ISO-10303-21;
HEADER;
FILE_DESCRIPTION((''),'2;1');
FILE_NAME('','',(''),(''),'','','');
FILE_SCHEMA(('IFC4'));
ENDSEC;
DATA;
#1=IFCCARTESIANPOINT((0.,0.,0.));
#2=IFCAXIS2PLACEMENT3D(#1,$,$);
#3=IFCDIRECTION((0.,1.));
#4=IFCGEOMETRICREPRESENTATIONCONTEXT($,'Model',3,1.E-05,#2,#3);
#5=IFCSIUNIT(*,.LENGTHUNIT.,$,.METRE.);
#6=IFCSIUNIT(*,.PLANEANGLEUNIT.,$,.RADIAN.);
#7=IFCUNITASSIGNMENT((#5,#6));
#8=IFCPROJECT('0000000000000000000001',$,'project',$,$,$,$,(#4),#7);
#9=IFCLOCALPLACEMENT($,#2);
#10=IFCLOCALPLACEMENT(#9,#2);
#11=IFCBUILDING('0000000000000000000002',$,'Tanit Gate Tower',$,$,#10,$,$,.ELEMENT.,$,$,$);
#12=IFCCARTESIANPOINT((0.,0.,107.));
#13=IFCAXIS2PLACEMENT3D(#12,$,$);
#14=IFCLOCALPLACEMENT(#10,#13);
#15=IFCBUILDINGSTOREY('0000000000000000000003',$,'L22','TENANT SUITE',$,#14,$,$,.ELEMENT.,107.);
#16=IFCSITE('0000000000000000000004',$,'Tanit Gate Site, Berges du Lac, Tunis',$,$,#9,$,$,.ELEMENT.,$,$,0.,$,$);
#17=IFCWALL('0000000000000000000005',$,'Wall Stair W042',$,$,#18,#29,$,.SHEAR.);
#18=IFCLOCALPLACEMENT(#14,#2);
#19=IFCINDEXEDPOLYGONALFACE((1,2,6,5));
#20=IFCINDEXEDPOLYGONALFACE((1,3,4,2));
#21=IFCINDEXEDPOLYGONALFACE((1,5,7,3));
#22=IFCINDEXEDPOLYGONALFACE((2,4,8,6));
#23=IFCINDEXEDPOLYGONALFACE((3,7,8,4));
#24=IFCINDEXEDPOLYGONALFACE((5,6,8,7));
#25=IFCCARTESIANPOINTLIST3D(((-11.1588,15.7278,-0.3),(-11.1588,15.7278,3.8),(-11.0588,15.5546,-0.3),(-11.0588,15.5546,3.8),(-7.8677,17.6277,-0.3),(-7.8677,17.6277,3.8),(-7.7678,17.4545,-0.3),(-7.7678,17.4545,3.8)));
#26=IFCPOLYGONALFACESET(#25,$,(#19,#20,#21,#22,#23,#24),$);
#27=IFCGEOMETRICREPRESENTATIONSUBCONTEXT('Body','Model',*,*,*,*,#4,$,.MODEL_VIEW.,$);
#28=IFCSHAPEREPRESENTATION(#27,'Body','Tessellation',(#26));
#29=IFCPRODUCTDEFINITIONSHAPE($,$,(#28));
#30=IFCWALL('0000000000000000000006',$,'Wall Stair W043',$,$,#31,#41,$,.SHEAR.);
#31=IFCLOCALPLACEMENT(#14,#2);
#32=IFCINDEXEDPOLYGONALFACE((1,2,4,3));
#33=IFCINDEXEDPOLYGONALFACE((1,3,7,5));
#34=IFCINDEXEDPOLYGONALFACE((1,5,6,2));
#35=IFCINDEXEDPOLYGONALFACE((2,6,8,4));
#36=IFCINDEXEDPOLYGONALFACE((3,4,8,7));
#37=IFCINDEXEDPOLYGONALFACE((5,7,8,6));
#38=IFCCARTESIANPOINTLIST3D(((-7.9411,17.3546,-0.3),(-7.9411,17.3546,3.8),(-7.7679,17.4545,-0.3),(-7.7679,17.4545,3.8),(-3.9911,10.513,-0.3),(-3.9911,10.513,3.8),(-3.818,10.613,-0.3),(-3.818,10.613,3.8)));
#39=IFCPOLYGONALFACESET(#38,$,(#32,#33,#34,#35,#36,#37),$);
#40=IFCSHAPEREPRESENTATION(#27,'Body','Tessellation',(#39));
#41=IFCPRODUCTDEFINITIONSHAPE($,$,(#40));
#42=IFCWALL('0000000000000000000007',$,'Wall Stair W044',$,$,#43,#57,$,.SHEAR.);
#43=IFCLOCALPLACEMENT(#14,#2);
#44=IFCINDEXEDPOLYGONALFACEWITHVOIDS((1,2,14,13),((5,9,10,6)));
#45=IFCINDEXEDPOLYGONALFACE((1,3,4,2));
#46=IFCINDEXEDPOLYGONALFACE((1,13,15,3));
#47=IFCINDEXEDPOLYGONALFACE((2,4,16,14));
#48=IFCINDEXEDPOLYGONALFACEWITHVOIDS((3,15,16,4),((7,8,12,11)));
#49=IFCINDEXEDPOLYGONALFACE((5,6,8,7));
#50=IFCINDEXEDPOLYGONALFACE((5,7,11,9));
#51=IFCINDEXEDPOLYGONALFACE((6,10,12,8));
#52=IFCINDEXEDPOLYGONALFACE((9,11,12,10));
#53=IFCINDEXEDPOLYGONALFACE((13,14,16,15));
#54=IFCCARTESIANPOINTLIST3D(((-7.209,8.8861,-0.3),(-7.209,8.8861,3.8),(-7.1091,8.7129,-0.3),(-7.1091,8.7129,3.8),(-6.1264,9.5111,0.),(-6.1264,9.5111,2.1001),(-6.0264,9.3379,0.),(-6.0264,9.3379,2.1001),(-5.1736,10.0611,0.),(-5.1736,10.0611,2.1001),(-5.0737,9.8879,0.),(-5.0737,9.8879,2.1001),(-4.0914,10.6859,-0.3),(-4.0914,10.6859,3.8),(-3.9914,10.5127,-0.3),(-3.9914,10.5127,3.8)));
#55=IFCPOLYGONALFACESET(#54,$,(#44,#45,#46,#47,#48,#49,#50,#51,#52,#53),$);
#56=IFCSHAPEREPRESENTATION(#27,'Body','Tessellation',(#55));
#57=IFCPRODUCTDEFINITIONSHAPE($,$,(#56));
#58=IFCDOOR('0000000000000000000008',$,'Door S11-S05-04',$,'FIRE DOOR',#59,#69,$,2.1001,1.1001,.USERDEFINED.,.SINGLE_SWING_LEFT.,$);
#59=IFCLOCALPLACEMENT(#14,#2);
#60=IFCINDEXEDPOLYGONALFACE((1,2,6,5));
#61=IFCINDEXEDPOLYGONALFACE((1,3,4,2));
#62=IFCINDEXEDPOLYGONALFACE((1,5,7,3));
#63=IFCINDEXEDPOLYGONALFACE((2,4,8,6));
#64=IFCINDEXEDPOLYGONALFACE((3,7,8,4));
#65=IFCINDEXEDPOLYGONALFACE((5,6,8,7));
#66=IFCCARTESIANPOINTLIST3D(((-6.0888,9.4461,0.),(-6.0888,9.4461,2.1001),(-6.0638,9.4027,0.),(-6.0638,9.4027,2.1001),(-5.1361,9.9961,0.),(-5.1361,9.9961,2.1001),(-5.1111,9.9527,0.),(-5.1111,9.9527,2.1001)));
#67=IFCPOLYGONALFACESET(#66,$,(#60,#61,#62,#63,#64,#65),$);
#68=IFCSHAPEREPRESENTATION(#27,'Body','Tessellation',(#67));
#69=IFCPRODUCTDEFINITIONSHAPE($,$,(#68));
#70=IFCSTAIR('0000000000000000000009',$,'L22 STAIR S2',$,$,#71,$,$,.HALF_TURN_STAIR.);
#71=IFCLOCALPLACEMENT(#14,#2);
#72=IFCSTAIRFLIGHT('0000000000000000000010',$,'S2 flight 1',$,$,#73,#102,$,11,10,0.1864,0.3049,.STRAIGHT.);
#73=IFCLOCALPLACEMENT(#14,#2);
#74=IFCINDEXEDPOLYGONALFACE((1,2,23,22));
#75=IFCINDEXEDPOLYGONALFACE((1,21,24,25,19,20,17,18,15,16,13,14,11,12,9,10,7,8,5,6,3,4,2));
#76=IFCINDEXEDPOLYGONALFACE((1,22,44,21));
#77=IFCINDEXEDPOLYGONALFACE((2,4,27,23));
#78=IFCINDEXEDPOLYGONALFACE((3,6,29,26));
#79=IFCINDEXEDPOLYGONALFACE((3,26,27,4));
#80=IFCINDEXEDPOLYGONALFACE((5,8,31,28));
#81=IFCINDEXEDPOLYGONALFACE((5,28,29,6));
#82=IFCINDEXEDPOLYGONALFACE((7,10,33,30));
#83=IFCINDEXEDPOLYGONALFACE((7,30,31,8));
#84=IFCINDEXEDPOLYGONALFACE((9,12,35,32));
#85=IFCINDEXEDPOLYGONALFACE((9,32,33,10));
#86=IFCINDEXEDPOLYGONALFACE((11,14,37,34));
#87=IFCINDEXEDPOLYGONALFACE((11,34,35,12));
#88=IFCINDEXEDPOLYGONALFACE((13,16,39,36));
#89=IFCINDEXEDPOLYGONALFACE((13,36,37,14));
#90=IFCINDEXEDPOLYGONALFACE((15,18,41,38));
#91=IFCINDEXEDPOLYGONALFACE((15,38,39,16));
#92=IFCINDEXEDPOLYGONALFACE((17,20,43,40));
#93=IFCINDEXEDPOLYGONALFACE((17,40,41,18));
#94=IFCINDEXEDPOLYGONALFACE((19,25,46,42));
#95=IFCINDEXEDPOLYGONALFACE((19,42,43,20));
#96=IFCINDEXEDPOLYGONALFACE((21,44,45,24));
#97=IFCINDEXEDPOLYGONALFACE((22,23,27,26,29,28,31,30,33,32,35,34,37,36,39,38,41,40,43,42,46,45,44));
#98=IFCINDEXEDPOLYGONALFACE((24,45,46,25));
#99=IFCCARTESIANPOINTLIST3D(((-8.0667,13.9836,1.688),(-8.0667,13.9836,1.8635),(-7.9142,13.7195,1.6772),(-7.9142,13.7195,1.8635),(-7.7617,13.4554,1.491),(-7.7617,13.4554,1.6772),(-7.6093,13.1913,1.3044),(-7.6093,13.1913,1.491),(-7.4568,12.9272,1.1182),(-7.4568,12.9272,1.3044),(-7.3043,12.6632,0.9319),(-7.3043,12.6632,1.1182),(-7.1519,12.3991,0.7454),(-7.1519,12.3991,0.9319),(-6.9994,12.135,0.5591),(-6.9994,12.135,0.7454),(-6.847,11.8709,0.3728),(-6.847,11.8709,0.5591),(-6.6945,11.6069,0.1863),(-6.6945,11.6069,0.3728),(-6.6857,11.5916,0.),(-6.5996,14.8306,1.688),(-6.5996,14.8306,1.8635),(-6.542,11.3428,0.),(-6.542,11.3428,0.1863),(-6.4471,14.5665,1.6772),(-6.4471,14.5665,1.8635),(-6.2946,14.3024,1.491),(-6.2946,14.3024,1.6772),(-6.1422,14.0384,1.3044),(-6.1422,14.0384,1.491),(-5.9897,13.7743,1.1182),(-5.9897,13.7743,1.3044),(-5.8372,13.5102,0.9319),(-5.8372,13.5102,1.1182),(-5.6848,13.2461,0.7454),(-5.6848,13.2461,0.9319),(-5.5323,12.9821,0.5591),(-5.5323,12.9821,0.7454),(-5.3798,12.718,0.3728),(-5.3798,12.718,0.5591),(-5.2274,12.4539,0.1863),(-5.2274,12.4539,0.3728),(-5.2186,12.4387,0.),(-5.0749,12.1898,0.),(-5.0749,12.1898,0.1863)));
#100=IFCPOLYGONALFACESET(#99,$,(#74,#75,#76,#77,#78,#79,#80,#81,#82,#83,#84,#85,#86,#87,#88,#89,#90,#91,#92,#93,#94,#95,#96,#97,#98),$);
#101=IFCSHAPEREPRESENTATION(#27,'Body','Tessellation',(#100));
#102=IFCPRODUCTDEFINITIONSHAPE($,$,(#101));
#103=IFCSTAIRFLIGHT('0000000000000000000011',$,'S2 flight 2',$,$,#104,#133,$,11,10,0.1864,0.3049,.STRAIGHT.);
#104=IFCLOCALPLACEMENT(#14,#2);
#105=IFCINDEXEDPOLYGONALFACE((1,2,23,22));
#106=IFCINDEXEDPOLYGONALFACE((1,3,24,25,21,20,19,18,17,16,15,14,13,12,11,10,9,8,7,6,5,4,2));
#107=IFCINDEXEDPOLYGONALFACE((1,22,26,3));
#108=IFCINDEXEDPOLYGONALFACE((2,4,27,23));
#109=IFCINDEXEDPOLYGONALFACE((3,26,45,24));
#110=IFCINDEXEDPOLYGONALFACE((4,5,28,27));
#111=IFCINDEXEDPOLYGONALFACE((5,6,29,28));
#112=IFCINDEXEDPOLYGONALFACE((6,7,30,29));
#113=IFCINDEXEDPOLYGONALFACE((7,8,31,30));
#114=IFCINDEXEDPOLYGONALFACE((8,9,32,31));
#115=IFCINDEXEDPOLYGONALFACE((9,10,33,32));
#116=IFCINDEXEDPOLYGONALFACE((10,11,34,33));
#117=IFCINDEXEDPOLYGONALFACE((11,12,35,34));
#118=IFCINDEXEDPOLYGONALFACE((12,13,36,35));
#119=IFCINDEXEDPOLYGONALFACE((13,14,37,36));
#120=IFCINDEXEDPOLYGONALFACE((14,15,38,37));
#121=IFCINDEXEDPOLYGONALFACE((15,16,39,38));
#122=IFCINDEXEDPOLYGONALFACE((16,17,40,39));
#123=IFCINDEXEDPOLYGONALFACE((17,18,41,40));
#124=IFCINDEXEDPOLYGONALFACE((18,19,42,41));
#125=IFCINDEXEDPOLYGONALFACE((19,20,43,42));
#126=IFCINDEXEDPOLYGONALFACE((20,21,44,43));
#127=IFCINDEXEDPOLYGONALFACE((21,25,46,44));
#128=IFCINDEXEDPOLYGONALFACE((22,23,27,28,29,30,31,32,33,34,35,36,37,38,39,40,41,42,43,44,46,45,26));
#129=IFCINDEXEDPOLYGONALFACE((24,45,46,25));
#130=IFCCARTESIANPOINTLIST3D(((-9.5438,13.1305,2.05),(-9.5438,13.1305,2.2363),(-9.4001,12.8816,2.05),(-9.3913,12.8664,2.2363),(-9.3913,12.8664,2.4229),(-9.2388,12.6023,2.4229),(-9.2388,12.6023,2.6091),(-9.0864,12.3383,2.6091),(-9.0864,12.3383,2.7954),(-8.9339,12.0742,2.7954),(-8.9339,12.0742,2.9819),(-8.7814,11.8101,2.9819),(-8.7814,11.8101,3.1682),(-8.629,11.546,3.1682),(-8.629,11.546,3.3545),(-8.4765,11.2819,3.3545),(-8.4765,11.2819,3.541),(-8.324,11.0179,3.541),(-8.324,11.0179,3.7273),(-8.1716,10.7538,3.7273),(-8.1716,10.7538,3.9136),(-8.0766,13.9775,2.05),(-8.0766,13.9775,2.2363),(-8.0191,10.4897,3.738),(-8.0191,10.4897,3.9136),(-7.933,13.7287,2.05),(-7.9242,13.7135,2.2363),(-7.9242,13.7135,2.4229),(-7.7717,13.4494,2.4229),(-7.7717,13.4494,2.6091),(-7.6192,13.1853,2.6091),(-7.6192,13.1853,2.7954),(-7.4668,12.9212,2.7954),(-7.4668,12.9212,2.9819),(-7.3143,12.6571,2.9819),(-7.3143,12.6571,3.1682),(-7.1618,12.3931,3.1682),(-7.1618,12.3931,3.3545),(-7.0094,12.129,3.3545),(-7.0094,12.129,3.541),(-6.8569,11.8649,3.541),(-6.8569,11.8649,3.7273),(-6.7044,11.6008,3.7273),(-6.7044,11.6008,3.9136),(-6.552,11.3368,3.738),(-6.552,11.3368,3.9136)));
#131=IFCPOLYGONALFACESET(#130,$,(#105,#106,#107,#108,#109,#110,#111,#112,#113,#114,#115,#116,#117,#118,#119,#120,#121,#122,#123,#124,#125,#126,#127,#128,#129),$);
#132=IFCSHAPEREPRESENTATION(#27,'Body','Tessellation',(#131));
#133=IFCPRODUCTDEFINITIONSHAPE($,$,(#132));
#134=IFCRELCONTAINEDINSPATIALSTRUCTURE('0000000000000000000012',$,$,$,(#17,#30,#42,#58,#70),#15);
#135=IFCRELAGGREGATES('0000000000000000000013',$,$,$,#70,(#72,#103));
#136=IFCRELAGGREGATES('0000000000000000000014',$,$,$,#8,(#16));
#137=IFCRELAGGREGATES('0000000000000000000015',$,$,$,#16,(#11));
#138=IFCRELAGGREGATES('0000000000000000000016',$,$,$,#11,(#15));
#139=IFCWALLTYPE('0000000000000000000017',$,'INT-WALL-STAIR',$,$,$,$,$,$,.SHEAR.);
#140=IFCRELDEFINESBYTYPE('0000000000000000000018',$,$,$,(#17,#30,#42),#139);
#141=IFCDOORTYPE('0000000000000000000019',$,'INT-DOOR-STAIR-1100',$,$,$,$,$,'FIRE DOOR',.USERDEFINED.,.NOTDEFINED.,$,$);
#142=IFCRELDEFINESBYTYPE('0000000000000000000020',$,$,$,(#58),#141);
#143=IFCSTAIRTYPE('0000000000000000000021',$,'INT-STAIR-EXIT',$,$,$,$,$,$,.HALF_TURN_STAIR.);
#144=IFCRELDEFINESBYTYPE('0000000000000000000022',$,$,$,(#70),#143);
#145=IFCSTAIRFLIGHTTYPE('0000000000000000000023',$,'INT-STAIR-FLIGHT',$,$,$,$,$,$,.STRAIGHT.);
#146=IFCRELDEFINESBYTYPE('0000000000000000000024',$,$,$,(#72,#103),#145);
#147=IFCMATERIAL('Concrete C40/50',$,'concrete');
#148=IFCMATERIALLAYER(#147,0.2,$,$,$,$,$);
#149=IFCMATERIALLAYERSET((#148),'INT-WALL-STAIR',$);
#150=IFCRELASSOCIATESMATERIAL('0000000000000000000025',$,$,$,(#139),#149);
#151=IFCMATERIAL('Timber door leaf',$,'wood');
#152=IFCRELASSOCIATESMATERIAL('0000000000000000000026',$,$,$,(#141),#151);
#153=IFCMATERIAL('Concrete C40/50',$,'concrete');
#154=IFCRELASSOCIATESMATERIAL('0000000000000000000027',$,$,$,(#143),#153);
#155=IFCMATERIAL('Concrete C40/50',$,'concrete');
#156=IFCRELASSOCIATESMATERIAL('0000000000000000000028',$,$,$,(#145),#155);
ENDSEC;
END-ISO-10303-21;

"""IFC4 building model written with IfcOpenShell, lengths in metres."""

from ifc_helpers import new_model, si_unit, direction, frame, frame_2d, origin, place, context, subcontext, project, spatial, polyline, rectangle, outline, extrude, material, layer, layer_set, type_object, element, fill, aggregate, save


model = new_model("IFC4")

# Units and contexts
model_context = context("Model", 3, precision=1e-05, world=origin(), true_north=direction((0.0, 1.0)))
body_context = subcontext(model_context, "Body", "Model", "MODEL_VIEW")
ifc_project = project(units=[si_unit("LENGTHUNIT", "METRE"), si_unit("PLANEANGLEUNIT", "RADIAN")], contexts=[model_context])

# Site, building, storey
site_placement = place(None, origin())
site = spatial("IfcSite", under=ifc_project, at=site_placement, Name="Tanit Gate Site, Berges du Lac, Tunis", CompositionType="ELEMENT", RefElevation=0.0)
building_placement = place(site_placement, origin())
building = spatial("IfcBuilding", under=site, at=building_placement, Name="Tanit Gate Tower", CompositionType="ELEMENT")
storey_placement = place(building_placement, frame((0.0, 0.0, 107.0)))
storey = spatial("IfcBuildingStorey", under=building, at=storey_placement, Name="L22", Description="TENANT SUITE", CompositionType="ELEMENT", Elevation=107.0)

# Walls
ifc_material_1 = material(Name="Concrete C40/50", Category="concrete")
ifc_layer_1 = layer(ifc_material_1, 0.2)
ifc_layer_set_1 = layer_set([ifc_layer_1], Name="INT-WALL-STAIR")
wall_type_1 = type_object("IfcWallType", Name="INT-WALL-STAIR", PredefinedType="SHEAR", material=ifc_layer_set_1)
wall_1_placement = place(storey_placement, frame((-7.8179, 17.541, -0.3), z_axis=(0.0, 0.0, 1.0), x_axis=(-0.866044, -0.499967, 0.0)))
element("IfcWall", 1, at=wall_1_placement, inside=storey, type_object=wall_type_1, Name="Wall Stair W042", PredefinedType="SHEAR", context=body_context, shape_type="SweptSolid", body=[
    extrude(rectangle(XDim=3.8, YDim=0.2, at=frame_2d((1.8999, 0.0))), origin(), (0.0, 0.0, 1.0), 4.1001),
])
wall_2_placement = place(storey_placement, frame((-7.8545, 17.4045, -0.3), z_axis=(0.0, 0.0, 1.0), x_axis=(0.499998, -0.866027, 0.0)))
element("IfcWall", 2, at=wall_2_placement, inside=storey, type_object=wall_type_1, Name="Wall Stair W043", PredefinedType="SHEAR", context=body_context, shape_type="SweptSolid", body=[
    extrude(rectangle(XDim=7.8999, YDim=0.2, at=frame_2d((3.95, 0.0))), origin(), (0.0, 0.0, 1.0), 4.1001),
])

# Wall, opening, door
wall_3_placement = place(storey_placement, frame((-7.1589, 8.7996, -0.3), z_axis=(0.0, 0.0, 1.0), x_axis=(0.866048, 0.499961, 0.0)))
wall_3 = element("IfcWall", 3, at=wall_3_placement, inside=storey, type_object=wall_type_1, Name="Wall Stair W044", PredefinedType="SHEAR", context=body_context, shape_type="SweptSolid", body=[
    extrude(rectangle(XDim=3.5999, YDim=0.2, at=frame_2d((1.7998, 0.0))), origin(), (0.0, 0.0, 1.0), 4.1001),
])
opening_1_placement = place(wall_3_placement, frame((1.25, 0.0, 0.3)))
opening_1 = element("IfcOpeningElement", 4, at=opening_1_placement, cuts=wall_3, PredefinedType="OPENING", context=body_context, shape_type="SweptSolid", body=[
    extrude(rectangle(XDim=1.1001, YDim=2.1001, at=frame_2d((0.55, 1.05))), frame((0.0, 0.1099, 0.0), z_axis=(0.0, -1.0, 0.0), x_axis=(1.0, 0.0, 0.0)), (0.0, 0.0, 1.0), 0.22),
])
ifc_material_2 = material(Name="Timber door leaf", Category="wood")
door_type_1 = type_object("IfcDoorType", Name="INT-DOOR-STAIR-1100", ElementType="FIRE DOOR", OperationType="NOTDEFINED", PredefinedType="USERDEFINED", material=ifc_material_2)
door_1_placement = place(opening_1_placement, origin())
door_1 = element("IfcDoor", 5, at=door_1_placement, inside=storey, type_object=door_type_1, Name="Door S11-S05-04", ObjectType="FIRE DOOR", OperationType="SINGLE_SWING_LEFT", OverallHeight=2.1001, OverallWidth=1.1001, PredefinedType="USERDEFINED", context=body_context, shape_type="SweptSolid", body=[
    extrude(rectangle(XDim=1.1001, YDim=2.1001, at=frame_2d((0.55, 1.05))), frame((0.0, 0.0249, 0.0), z_axis=(0.0, -1.0, 0.0), x_axis=(1.0, 0.0, 0.0)), (0.0, 0.0, 1.0), 0.05),
])
fill(opening_1, door_1)

# Stair, stair flights
ifc_material_3 = material(Name="Concrete C40/50", Category="concrete")
stair_type = type_object("IfcStairType", Name="INT-STAIR-EXIT", PredefinedType="HALF_TURN_STAIR", material=ifc_material_3)
stair_placement = place(storey_placement, origin())
stair = element("IfcStair", 6, at=stair_placement, inside=storey, type_object=stair_type, Name="L22 STAIR S2", PredefinedType="HALF_TURN_STAIR")
ifc_material_4 = material(Name="Concrete C40/50", Category="concrete")
stair_flight_type = type_object("IfcStairFlightType", Name="INT-STAIR-FLIGHT", PredefinedType="STRAIGHT", material=ifc_material_4)
stair_flight_1_placement = place(storey_placement, frame((-5.8083, 11.7664, 0.0), z_axis=(0.0, 0.0, 1.0), x_axis=(-0.5, 0.866025, 0.0)))
stair_flight_1 = element("IfcStairFlight", 7, at=stair_flight_1_placement, type_object=stair_flight_type, Name="S2 flight 1", NumberOfRisers=11, NumberOfTreads=10, PredefinedType="STRAIGHT", RiserHeight=0.1864, TreadLength=0.3049, context=body_context, shape_type="SweptSolid", body=[
    extrude(outline(polyline([(0.0, 0.0), (0.0, 0.1863), (0.3049, 0.1863), (0.3049, 0.3728), (0.6099, 0.3728), (0.6099, 0.5591), (0.9148, 0.5591), (0.9148, 0.7454), (1.2197, 0.7454), (1.2197, 0.9319), (1.5247, 0.9319), (1.5247, 1.1182), (1.8296, 1.1182), (1.8296, 1.3044), (2.1345, 1.3044), (2.1345, 1.491), (2.4395, 1.491), (2.4395, 1.6772), (2.7444, 1.6772), (2.7444, 1.8635), (3.0493, 1.8635), (3.0493, 2.05), (3.0493, 1.688), (0.2874, 0.0), (0.0, 0.0)])), frame((0.0, 0.8472, 0.0), z_axis=(0.0, -1.0, 0.0), x_axis=(1.0, 0.0, 0.0)), (0.0, 0.0, 1.0), 1.6941),
])
stair_flight_2_placement = place(storey_placement, frame((-8.8103, 13.554, 2.05), z_axis=(0.0, 0.0, 1.0), x_axis=(0.5, -0.866025, 0.0)))
stair_flight_2 = element("IfcStairFlight", 8, at=stair_flight_2_placement, type_object=stair_flight_type, Name="S2 flight 2", NumberOfRisers=11, NumberOfTreads=10, PredefinedType="STRAIGHT", RiserHeight=0.1864, TreadLength=0.3049, context=body_context, shape_type="SweptSolid", body=[
    extrude(outline(polyline([(0.0, 0.0), (0.0, 0.1863), (0.3049, 0.1863), (0.3049, 0.3728), (0.6099, 0.3728), (0.6099, 0.5591), (0.9148, 0.5591), (0.9148, 0.7454), (1.2197, 0.7454), (1.2197, 0.9319), (1.5247, 0.9319), (1.5247, 1.1182), (1.8296, 1.1182), (1.8296, 1.3044), (2.1345, 1.3044), (2.1345, 1.491), (2.4395, 1.491), (2.4395, 1.6772), (2.7444, 1.6772), (2.7444, 1.8635), (3.0493, 1.8635), (3.0493, 2.05), (3.0493, 1.688), (0.2874, 0.0), (0.0, 0.0)])), frame((0.0, 0.8472, 0.0), z_axis=(0.0, -1.0, 0.0), x_axis=(1.0, 0.0, 0.0)), (0.0, 0.0, 1.0), 1.6941),
])
aggregate(stair, [stair_flight_1, stair_flight_2])

save(model, "model.ifc")
